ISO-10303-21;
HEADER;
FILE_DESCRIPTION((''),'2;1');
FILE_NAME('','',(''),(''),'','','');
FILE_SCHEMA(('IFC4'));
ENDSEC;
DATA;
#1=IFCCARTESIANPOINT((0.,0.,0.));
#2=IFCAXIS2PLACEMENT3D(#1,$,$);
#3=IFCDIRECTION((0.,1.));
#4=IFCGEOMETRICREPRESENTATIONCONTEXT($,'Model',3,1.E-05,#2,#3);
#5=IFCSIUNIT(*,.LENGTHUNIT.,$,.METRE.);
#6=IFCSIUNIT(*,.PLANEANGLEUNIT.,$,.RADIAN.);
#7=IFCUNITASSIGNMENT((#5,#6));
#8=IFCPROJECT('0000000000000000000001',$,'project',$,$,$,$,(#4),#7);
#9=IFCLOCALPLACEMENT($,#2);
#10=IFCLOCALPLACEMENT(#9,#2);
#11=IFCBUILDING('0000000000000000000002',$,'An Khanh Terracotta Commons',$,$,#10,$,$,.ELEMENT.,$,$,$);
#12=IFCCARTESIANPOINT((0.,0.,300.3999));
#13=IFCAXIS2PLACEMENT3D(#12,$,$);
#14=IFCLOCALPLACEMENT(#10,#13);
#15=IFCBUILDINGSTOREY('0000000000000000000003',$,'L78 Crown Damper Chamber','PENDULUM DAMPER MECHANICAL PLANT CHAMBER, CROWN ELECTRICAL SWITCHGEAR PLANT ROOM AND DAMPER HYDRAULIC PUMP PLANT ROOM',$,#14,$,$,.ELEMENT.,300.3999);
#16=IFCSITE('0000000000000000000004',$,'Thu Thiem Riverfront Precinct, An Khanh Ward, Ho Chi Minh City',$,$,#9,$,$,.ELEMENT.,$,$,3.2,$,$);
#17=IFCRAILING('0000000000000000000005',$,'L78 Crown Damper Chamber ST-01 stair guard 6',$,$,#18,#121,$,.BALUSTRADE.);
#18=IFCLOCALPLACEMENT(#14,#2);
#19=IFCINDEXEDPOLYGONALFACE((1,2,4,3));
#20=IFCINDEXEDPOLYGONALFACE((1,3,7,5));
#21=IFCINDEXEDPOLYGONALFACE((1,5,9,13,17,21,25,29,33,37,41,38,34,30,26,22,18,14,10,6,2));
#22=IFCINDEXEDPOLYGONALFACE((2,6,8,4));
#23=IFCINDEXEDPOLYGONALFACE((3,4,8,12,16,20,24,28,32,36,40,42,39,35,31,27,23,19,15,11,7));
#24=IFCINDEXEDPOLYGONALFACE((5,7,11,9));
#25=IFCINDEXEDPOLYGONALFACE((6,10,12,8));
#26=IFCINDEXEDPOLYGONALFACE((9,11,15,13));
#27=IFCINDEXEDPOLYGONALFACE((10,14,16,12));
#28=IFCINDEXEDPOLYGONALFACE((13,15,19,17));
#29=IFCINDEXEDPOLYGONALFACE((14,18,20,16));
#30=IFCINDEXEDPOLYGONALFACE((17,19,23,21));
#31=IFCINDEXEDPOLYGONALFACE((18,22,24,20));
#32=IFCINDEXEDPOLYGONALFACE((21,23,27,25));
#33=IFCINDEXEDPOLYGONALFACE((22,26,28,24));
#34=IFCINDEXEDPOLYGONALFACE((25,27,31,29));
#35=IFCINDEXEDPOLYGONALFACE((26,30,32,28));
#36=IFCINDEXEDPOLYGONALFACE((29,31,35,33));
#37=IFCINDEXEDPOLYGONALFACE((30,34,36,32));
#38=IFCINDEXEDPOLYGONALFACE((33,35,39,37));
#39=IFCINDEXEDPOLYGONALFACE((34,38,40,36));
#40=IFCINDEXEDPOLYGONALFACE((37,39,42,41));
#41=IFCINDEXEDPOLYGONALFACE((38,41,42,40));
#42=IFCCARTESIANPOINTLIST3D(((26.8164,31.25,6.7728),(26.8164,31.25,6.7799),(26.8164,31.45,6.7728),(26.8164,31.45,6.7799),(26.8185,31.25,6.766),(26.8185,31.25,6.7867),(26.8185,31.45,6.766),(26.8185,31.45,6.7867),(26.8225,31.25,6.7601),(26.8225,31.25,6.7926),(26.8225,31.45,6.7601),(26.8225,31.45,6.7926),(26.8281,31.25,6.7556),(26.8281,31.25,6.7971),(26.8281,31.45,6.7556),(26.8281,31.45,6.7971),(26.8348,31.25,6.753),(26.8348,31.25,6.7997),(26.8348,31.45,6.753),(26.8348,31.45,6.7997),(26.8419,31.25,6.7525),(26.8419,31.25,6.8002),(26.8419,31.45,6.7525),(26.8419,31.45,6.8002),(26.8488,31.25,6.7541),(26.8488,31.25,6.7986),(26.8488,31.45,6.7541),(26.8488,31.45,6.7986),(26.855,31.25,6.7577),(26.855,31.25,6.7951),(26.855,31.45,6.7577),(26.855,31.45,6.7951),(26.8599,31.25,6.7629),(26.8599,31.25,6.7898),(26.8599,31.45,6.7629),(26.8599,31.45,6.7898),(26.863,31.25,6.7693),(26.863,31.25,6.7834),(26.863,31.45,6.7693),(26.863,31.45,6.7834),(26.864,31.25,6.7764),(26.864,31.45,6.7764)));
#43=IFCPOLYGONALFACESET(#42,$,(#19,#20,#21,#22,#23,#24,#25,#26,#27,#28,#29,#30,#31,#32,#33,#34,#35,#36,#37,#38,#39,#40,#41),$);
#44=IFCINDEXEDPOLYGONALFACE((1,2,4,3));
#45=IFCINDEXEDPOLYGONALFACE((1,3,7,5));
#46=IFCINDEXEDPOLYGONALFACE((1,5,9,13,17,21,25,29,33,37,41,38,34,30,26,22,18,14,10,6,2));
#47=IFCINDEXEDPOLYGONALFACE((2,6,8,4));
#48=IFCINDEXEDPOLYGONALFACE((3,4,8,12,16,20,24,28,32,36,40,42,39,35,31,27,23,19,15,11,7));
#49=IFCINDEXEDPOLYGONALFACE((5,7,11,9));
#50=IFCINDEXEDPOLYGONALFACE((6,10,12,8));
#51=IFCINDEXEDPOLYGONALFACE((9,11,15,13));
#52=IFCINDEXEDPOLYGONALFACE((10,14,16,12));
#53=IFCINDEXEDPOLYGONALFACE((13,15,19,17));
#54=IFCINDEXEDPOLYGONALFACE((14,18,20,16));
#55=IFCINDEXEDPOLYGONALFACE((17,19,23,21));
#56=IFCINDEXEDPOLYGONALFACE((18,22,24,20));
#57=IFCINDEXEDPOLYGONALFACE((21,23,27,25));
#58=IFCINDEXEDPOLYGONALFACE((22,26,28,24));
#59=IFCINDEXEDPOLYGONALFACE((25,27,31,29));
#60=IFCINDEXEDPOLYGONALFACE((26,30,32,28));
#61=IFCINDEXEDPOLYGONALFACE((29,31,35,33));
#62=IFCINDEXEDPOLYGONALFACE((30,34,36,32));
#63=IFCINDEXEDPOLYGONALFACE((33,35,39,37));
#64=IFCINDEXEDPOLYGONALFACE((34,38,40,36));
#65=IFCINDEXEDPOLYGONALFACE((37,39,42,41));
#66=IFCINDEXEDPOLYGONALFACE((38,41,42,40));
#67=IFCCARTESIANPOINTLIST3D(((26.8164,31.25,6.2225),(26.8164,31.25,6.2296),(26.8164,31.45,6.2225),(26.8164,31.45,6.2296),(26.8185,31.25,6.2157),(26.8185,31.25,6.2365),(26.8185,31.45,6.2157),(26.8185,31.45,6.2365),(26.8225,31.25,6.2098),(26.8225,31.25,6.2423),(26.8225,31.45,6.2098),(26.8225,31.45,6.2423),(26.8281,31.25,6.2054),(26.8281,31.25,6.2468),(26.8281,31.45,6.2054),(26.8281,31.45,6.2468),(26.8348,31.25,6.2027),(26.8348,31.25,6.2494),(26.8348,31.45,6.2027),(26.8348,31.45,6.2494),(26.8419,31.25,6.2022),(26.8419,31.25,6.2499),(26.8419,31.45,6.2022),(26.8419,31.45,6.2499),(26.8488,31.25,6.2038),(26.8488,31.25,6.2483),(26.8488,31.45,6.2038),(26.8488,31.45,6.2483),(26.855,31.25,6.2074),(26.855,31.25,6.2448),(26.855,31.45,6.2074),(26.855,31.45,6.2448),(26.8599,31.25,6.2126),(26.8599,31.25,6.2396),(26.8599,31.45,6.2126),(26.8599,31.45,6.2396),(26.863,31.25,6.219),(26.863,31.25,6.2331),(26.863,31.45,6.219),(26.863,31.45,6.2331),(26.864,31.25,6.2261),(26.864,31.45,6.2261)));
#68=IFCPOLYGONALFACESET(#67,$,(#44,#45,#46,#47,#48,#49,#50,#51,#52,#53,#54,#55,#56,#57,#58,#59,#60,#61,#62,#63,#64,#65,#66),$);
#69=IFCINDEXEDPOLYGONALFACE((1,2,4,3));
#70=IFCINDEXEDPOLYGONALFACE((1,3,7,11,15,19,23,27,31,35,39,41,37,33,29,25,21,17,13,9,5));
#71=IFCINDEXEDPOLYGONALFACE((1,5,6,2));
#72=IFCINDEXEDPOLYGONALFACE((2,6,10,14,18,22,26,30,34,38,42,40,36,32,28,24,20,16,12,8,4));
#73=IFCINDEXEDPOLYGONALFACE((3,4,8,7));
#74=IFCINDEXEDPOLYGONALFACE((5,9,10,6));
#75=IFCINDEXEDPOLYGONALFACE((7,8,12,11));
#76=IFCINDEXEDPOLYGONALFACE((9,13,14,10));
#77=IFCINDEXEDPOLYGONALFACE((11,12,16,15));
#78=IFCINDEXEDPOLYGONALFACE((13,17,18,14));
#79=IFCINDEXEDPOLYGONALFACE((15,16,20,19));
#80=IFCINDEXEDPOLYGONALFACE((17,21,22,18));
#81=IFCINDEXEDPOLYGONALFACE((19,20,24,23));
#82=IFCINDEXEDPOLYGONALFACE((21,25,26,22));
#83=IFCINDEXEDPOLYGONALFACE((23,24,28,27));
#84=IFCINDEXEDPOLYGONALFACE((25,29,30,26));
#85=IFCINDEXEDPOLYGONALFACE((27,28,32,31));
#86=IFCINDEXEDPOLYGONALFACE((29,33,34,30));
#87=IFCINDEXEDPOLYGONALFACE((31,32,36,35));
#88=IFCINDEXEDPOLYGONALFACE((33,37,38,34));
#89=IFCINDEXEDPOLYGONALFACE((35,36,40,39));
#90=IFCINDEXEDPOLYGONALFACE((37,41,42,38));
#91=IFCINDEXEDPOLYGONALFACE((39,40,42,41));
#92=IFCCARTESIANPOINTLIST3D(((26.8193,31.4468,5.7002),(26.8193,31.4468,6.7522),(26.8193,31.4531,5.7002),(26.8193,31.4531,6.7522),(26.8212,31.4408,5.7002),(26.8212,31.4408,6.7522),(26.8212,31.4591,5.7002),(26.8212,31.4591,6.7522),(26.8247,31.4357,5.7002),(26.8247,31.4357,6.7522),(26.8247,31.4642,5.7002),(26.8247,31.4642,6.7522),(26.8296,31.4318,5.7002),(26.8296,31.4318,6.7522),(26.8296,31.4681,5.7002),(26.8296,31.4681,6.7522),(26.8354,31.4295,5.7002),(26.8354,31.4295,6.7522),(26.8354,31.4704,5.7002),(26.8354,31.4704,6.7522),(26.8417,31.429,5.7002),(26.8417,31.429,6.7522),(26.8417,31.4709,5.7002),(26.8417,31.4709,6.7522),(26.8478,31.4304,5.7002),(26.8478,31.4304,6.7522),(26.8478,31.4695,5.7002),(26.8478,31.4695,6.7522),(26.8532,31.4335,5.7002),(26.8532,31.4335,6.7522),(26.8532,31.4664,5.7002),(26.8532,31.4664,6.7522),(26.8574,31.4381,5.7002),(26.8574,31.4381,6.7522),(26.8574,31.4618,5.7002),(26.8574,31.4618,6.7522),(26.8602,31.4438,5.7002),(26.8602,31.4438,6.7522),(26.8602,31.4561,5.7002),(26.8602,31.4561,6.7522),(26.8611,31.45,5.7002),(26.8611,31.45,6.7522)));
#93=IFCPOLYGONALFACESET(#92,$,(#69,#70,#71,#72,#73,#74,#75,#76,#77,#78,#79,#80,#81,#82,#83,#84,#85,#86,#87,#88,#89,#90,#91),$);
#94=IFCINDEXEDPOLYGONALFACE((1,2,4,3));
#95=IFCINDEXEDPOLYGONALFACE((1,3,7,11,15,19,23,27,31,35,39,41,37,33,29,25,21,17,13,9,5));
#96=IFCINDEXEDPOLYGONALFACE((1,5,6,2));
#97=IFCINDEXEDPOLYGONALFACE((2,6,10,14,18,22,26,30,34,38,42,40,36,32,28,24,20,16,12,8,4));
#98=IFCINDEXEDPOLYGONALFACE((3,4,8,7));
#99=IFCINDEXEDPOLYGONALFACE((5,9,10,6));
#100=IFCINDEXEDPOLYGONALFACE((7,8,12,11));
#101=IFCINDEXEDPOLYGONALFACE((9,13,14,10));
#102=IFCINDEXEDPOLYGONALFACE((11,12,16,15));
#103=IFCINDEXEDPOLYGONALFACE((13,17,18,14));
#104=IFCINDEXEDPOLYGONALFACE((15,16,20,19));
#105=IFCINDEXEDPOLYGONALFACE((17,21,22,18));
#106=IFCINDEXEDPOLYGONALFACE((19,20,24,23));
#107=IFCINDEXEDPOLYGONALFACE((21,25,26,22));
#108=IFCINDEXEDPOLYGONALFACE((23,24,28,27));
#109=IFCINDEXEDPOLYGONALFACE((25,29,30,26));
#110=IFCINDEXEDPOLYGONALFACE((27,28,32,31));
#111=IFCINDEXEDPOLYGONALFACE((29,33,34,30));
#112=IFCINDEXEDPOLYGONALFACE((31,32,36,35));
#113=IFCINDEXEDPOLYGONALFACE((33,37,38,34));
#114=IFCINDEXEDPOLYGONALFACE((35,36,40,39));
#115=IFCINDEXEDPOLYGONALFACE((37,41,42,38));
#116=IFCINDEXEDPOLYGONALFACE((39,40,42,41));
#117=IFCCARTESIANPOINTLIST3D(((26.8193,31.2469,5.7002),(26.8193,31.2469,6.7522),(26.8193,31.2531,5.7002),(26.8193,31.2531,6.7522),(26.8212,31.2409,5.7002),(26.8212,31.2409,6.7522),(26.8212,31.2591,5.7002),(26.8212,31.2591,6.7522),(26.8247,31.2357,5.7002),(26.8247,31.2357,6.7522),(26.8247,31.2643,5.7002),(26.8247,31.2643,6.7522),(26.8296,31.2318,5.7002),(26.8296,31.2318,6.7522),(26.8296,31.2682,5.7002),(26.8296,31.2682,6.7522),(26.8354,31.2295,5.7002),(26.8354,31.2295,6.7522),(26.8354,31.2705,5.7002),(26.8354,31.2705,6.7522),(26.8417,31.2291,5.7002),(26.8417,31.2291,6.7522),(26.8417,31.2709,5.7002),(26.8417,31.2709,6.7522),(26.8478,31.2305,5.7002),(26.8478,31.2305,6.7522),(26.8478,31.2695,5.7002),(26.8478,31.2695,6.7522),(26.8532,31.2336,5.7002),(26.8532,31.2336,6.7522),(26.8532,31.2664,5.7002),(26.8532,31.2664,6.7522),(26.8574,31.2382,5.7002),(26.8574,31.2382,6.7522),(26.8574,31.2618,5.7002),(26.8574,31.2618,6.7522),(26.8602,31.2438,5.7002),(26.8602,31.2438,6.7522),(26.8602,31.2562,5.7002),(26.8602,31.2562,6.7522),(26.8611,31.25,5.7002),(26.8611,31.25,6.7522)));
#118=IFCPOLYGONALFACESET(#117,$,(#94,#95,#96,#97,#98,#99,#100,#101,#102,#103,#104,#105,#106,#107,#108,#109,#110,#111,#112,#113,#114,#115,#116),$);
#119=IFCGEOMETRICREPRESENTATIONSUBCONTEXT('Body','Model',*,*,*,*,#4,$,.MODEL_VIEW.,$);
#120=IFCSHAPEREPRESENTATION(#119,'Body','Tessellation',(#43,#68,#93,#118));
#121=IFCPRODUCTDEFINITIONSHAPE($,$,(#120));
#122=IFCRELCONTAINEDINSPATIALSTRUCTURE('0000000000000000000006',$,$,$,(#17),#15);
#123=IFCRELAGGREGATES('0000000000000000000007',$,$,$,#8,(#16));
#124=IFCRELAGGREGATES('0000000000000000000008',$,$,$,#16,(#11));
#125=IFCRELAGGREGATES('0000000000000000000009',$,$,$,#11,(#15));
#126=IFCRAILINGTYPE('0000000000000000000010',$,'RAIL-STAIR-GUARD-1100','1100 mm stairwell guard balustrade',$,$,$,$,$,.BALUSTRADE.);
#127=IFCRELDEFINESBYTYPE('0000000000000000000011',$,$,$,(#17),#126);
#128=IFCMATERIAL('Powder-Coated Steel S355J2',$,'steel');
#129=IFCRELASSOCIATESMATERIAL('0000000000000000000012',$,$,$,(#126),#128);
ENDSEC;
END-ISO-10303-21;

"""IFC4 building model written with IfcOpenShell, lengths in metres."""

from ifc_helpers import new_model, si_unit, direction, frame, origin, origin_2d, place, context, subcontext, project, spatial, circle, extrude, material, type_object, element, save


model = new_model("IFC4")

# Units and contexts
model_context = context("Model", 3, precision=1e-05, world=origin(), true_north=direction((0.0, 1.0)))
body_context = subcontext(model_context, "Body", "Model", "MODEL_VIEW")
ifc_project = project(units=[si_unit("LENGTHUNIT", "METRE"), si_unit("PLANEANGLEUNIT", "RADIAN")], contexts=[model_context])

# Site, building, storey
site_placement = place(None, origin())
site = spatial("IfcSite", under=ifc_project, at=site_placement, Name="Thu Thiem Riverfront Precinct, An Khanh Ward, Ho Chi Minh City", CompositionType="ELEMENT", RefElevation=3.2)
building_placement = place(site_placement, origin())
building = spatial("IfcBuilding", under=site, at=building_placement, Name="An Khanh Terracotta Commons", CompositionType="ELEMENT")
storey_placement = place(building_placement, frame((0.0, 0.0, 300.3999)))
storey = spatial("IfcBuildingStorey", under=building, at=storey_placement, Name="L78 Crown Damper Chamber", Description="PENDULUM DAMPER MECHANICAL PLANT CHAMBER, CROWN ELECTRICAL SWITCHGEAR PLANT ROOM AND DAMPER HYDRAULIC PUMP PLANT ROOM", CompositionType="ELEMENT", Elevation=300.3999)

# Railing
ifc_material_1 = material(Name="Powder-Coated Steel S355J2", Category="steel")
railing_type = type_object("IfcRailingType", Name="RAIL-STAIR-GUARD-1100", Description="1100 mm stairwell guard balustrade", PredefinedType="BALUSTRADE", material=ifc_material_1)
for number, where, name in (
    (1, (26.8401, 31.45, 5.7002), "L78 Crown Damper Chamber ST-01 stair guard 6"),
):
    element("IfcRailing", number, at=place(storey_placement, frame(where)), inside=storey, type_object=railing_type, Name=name, PredefinedType="BALUSTRADE", context=body_context, shape_type="SweptSolid", body=[
        extrude(circle(Radius=0.0239, at=origin_2d()), frame((0.0, 0.0, 1.0762), z_axis=(0.0, -1.0, 0.0), x_axis=(1.0, 0.0, 0.0)), (0.0, 0.0, 1.0), 0.2),
        extrude(circle(Radius=0.0239, at=origin_2d()), frame((0.0, 0.0, 0.5259), z_axis=(0.0, -1.0, 0.0), x_axis=(1.0, 0.0, 0.0)), (0.0, 0.0, 1.0), 0.2),
        extrude(circle(Radius=0.021, at=origin_2d()), origin(), (0.0, 0.0, 1.0), 1.052),
        extrude(circle(Radius=0.021, at=origin_2d()), frame((0.0, -0.2, 0.0)), (0.0, 0.0, 1.0), 1.052),
    ])

save(model, "model.ifc")
